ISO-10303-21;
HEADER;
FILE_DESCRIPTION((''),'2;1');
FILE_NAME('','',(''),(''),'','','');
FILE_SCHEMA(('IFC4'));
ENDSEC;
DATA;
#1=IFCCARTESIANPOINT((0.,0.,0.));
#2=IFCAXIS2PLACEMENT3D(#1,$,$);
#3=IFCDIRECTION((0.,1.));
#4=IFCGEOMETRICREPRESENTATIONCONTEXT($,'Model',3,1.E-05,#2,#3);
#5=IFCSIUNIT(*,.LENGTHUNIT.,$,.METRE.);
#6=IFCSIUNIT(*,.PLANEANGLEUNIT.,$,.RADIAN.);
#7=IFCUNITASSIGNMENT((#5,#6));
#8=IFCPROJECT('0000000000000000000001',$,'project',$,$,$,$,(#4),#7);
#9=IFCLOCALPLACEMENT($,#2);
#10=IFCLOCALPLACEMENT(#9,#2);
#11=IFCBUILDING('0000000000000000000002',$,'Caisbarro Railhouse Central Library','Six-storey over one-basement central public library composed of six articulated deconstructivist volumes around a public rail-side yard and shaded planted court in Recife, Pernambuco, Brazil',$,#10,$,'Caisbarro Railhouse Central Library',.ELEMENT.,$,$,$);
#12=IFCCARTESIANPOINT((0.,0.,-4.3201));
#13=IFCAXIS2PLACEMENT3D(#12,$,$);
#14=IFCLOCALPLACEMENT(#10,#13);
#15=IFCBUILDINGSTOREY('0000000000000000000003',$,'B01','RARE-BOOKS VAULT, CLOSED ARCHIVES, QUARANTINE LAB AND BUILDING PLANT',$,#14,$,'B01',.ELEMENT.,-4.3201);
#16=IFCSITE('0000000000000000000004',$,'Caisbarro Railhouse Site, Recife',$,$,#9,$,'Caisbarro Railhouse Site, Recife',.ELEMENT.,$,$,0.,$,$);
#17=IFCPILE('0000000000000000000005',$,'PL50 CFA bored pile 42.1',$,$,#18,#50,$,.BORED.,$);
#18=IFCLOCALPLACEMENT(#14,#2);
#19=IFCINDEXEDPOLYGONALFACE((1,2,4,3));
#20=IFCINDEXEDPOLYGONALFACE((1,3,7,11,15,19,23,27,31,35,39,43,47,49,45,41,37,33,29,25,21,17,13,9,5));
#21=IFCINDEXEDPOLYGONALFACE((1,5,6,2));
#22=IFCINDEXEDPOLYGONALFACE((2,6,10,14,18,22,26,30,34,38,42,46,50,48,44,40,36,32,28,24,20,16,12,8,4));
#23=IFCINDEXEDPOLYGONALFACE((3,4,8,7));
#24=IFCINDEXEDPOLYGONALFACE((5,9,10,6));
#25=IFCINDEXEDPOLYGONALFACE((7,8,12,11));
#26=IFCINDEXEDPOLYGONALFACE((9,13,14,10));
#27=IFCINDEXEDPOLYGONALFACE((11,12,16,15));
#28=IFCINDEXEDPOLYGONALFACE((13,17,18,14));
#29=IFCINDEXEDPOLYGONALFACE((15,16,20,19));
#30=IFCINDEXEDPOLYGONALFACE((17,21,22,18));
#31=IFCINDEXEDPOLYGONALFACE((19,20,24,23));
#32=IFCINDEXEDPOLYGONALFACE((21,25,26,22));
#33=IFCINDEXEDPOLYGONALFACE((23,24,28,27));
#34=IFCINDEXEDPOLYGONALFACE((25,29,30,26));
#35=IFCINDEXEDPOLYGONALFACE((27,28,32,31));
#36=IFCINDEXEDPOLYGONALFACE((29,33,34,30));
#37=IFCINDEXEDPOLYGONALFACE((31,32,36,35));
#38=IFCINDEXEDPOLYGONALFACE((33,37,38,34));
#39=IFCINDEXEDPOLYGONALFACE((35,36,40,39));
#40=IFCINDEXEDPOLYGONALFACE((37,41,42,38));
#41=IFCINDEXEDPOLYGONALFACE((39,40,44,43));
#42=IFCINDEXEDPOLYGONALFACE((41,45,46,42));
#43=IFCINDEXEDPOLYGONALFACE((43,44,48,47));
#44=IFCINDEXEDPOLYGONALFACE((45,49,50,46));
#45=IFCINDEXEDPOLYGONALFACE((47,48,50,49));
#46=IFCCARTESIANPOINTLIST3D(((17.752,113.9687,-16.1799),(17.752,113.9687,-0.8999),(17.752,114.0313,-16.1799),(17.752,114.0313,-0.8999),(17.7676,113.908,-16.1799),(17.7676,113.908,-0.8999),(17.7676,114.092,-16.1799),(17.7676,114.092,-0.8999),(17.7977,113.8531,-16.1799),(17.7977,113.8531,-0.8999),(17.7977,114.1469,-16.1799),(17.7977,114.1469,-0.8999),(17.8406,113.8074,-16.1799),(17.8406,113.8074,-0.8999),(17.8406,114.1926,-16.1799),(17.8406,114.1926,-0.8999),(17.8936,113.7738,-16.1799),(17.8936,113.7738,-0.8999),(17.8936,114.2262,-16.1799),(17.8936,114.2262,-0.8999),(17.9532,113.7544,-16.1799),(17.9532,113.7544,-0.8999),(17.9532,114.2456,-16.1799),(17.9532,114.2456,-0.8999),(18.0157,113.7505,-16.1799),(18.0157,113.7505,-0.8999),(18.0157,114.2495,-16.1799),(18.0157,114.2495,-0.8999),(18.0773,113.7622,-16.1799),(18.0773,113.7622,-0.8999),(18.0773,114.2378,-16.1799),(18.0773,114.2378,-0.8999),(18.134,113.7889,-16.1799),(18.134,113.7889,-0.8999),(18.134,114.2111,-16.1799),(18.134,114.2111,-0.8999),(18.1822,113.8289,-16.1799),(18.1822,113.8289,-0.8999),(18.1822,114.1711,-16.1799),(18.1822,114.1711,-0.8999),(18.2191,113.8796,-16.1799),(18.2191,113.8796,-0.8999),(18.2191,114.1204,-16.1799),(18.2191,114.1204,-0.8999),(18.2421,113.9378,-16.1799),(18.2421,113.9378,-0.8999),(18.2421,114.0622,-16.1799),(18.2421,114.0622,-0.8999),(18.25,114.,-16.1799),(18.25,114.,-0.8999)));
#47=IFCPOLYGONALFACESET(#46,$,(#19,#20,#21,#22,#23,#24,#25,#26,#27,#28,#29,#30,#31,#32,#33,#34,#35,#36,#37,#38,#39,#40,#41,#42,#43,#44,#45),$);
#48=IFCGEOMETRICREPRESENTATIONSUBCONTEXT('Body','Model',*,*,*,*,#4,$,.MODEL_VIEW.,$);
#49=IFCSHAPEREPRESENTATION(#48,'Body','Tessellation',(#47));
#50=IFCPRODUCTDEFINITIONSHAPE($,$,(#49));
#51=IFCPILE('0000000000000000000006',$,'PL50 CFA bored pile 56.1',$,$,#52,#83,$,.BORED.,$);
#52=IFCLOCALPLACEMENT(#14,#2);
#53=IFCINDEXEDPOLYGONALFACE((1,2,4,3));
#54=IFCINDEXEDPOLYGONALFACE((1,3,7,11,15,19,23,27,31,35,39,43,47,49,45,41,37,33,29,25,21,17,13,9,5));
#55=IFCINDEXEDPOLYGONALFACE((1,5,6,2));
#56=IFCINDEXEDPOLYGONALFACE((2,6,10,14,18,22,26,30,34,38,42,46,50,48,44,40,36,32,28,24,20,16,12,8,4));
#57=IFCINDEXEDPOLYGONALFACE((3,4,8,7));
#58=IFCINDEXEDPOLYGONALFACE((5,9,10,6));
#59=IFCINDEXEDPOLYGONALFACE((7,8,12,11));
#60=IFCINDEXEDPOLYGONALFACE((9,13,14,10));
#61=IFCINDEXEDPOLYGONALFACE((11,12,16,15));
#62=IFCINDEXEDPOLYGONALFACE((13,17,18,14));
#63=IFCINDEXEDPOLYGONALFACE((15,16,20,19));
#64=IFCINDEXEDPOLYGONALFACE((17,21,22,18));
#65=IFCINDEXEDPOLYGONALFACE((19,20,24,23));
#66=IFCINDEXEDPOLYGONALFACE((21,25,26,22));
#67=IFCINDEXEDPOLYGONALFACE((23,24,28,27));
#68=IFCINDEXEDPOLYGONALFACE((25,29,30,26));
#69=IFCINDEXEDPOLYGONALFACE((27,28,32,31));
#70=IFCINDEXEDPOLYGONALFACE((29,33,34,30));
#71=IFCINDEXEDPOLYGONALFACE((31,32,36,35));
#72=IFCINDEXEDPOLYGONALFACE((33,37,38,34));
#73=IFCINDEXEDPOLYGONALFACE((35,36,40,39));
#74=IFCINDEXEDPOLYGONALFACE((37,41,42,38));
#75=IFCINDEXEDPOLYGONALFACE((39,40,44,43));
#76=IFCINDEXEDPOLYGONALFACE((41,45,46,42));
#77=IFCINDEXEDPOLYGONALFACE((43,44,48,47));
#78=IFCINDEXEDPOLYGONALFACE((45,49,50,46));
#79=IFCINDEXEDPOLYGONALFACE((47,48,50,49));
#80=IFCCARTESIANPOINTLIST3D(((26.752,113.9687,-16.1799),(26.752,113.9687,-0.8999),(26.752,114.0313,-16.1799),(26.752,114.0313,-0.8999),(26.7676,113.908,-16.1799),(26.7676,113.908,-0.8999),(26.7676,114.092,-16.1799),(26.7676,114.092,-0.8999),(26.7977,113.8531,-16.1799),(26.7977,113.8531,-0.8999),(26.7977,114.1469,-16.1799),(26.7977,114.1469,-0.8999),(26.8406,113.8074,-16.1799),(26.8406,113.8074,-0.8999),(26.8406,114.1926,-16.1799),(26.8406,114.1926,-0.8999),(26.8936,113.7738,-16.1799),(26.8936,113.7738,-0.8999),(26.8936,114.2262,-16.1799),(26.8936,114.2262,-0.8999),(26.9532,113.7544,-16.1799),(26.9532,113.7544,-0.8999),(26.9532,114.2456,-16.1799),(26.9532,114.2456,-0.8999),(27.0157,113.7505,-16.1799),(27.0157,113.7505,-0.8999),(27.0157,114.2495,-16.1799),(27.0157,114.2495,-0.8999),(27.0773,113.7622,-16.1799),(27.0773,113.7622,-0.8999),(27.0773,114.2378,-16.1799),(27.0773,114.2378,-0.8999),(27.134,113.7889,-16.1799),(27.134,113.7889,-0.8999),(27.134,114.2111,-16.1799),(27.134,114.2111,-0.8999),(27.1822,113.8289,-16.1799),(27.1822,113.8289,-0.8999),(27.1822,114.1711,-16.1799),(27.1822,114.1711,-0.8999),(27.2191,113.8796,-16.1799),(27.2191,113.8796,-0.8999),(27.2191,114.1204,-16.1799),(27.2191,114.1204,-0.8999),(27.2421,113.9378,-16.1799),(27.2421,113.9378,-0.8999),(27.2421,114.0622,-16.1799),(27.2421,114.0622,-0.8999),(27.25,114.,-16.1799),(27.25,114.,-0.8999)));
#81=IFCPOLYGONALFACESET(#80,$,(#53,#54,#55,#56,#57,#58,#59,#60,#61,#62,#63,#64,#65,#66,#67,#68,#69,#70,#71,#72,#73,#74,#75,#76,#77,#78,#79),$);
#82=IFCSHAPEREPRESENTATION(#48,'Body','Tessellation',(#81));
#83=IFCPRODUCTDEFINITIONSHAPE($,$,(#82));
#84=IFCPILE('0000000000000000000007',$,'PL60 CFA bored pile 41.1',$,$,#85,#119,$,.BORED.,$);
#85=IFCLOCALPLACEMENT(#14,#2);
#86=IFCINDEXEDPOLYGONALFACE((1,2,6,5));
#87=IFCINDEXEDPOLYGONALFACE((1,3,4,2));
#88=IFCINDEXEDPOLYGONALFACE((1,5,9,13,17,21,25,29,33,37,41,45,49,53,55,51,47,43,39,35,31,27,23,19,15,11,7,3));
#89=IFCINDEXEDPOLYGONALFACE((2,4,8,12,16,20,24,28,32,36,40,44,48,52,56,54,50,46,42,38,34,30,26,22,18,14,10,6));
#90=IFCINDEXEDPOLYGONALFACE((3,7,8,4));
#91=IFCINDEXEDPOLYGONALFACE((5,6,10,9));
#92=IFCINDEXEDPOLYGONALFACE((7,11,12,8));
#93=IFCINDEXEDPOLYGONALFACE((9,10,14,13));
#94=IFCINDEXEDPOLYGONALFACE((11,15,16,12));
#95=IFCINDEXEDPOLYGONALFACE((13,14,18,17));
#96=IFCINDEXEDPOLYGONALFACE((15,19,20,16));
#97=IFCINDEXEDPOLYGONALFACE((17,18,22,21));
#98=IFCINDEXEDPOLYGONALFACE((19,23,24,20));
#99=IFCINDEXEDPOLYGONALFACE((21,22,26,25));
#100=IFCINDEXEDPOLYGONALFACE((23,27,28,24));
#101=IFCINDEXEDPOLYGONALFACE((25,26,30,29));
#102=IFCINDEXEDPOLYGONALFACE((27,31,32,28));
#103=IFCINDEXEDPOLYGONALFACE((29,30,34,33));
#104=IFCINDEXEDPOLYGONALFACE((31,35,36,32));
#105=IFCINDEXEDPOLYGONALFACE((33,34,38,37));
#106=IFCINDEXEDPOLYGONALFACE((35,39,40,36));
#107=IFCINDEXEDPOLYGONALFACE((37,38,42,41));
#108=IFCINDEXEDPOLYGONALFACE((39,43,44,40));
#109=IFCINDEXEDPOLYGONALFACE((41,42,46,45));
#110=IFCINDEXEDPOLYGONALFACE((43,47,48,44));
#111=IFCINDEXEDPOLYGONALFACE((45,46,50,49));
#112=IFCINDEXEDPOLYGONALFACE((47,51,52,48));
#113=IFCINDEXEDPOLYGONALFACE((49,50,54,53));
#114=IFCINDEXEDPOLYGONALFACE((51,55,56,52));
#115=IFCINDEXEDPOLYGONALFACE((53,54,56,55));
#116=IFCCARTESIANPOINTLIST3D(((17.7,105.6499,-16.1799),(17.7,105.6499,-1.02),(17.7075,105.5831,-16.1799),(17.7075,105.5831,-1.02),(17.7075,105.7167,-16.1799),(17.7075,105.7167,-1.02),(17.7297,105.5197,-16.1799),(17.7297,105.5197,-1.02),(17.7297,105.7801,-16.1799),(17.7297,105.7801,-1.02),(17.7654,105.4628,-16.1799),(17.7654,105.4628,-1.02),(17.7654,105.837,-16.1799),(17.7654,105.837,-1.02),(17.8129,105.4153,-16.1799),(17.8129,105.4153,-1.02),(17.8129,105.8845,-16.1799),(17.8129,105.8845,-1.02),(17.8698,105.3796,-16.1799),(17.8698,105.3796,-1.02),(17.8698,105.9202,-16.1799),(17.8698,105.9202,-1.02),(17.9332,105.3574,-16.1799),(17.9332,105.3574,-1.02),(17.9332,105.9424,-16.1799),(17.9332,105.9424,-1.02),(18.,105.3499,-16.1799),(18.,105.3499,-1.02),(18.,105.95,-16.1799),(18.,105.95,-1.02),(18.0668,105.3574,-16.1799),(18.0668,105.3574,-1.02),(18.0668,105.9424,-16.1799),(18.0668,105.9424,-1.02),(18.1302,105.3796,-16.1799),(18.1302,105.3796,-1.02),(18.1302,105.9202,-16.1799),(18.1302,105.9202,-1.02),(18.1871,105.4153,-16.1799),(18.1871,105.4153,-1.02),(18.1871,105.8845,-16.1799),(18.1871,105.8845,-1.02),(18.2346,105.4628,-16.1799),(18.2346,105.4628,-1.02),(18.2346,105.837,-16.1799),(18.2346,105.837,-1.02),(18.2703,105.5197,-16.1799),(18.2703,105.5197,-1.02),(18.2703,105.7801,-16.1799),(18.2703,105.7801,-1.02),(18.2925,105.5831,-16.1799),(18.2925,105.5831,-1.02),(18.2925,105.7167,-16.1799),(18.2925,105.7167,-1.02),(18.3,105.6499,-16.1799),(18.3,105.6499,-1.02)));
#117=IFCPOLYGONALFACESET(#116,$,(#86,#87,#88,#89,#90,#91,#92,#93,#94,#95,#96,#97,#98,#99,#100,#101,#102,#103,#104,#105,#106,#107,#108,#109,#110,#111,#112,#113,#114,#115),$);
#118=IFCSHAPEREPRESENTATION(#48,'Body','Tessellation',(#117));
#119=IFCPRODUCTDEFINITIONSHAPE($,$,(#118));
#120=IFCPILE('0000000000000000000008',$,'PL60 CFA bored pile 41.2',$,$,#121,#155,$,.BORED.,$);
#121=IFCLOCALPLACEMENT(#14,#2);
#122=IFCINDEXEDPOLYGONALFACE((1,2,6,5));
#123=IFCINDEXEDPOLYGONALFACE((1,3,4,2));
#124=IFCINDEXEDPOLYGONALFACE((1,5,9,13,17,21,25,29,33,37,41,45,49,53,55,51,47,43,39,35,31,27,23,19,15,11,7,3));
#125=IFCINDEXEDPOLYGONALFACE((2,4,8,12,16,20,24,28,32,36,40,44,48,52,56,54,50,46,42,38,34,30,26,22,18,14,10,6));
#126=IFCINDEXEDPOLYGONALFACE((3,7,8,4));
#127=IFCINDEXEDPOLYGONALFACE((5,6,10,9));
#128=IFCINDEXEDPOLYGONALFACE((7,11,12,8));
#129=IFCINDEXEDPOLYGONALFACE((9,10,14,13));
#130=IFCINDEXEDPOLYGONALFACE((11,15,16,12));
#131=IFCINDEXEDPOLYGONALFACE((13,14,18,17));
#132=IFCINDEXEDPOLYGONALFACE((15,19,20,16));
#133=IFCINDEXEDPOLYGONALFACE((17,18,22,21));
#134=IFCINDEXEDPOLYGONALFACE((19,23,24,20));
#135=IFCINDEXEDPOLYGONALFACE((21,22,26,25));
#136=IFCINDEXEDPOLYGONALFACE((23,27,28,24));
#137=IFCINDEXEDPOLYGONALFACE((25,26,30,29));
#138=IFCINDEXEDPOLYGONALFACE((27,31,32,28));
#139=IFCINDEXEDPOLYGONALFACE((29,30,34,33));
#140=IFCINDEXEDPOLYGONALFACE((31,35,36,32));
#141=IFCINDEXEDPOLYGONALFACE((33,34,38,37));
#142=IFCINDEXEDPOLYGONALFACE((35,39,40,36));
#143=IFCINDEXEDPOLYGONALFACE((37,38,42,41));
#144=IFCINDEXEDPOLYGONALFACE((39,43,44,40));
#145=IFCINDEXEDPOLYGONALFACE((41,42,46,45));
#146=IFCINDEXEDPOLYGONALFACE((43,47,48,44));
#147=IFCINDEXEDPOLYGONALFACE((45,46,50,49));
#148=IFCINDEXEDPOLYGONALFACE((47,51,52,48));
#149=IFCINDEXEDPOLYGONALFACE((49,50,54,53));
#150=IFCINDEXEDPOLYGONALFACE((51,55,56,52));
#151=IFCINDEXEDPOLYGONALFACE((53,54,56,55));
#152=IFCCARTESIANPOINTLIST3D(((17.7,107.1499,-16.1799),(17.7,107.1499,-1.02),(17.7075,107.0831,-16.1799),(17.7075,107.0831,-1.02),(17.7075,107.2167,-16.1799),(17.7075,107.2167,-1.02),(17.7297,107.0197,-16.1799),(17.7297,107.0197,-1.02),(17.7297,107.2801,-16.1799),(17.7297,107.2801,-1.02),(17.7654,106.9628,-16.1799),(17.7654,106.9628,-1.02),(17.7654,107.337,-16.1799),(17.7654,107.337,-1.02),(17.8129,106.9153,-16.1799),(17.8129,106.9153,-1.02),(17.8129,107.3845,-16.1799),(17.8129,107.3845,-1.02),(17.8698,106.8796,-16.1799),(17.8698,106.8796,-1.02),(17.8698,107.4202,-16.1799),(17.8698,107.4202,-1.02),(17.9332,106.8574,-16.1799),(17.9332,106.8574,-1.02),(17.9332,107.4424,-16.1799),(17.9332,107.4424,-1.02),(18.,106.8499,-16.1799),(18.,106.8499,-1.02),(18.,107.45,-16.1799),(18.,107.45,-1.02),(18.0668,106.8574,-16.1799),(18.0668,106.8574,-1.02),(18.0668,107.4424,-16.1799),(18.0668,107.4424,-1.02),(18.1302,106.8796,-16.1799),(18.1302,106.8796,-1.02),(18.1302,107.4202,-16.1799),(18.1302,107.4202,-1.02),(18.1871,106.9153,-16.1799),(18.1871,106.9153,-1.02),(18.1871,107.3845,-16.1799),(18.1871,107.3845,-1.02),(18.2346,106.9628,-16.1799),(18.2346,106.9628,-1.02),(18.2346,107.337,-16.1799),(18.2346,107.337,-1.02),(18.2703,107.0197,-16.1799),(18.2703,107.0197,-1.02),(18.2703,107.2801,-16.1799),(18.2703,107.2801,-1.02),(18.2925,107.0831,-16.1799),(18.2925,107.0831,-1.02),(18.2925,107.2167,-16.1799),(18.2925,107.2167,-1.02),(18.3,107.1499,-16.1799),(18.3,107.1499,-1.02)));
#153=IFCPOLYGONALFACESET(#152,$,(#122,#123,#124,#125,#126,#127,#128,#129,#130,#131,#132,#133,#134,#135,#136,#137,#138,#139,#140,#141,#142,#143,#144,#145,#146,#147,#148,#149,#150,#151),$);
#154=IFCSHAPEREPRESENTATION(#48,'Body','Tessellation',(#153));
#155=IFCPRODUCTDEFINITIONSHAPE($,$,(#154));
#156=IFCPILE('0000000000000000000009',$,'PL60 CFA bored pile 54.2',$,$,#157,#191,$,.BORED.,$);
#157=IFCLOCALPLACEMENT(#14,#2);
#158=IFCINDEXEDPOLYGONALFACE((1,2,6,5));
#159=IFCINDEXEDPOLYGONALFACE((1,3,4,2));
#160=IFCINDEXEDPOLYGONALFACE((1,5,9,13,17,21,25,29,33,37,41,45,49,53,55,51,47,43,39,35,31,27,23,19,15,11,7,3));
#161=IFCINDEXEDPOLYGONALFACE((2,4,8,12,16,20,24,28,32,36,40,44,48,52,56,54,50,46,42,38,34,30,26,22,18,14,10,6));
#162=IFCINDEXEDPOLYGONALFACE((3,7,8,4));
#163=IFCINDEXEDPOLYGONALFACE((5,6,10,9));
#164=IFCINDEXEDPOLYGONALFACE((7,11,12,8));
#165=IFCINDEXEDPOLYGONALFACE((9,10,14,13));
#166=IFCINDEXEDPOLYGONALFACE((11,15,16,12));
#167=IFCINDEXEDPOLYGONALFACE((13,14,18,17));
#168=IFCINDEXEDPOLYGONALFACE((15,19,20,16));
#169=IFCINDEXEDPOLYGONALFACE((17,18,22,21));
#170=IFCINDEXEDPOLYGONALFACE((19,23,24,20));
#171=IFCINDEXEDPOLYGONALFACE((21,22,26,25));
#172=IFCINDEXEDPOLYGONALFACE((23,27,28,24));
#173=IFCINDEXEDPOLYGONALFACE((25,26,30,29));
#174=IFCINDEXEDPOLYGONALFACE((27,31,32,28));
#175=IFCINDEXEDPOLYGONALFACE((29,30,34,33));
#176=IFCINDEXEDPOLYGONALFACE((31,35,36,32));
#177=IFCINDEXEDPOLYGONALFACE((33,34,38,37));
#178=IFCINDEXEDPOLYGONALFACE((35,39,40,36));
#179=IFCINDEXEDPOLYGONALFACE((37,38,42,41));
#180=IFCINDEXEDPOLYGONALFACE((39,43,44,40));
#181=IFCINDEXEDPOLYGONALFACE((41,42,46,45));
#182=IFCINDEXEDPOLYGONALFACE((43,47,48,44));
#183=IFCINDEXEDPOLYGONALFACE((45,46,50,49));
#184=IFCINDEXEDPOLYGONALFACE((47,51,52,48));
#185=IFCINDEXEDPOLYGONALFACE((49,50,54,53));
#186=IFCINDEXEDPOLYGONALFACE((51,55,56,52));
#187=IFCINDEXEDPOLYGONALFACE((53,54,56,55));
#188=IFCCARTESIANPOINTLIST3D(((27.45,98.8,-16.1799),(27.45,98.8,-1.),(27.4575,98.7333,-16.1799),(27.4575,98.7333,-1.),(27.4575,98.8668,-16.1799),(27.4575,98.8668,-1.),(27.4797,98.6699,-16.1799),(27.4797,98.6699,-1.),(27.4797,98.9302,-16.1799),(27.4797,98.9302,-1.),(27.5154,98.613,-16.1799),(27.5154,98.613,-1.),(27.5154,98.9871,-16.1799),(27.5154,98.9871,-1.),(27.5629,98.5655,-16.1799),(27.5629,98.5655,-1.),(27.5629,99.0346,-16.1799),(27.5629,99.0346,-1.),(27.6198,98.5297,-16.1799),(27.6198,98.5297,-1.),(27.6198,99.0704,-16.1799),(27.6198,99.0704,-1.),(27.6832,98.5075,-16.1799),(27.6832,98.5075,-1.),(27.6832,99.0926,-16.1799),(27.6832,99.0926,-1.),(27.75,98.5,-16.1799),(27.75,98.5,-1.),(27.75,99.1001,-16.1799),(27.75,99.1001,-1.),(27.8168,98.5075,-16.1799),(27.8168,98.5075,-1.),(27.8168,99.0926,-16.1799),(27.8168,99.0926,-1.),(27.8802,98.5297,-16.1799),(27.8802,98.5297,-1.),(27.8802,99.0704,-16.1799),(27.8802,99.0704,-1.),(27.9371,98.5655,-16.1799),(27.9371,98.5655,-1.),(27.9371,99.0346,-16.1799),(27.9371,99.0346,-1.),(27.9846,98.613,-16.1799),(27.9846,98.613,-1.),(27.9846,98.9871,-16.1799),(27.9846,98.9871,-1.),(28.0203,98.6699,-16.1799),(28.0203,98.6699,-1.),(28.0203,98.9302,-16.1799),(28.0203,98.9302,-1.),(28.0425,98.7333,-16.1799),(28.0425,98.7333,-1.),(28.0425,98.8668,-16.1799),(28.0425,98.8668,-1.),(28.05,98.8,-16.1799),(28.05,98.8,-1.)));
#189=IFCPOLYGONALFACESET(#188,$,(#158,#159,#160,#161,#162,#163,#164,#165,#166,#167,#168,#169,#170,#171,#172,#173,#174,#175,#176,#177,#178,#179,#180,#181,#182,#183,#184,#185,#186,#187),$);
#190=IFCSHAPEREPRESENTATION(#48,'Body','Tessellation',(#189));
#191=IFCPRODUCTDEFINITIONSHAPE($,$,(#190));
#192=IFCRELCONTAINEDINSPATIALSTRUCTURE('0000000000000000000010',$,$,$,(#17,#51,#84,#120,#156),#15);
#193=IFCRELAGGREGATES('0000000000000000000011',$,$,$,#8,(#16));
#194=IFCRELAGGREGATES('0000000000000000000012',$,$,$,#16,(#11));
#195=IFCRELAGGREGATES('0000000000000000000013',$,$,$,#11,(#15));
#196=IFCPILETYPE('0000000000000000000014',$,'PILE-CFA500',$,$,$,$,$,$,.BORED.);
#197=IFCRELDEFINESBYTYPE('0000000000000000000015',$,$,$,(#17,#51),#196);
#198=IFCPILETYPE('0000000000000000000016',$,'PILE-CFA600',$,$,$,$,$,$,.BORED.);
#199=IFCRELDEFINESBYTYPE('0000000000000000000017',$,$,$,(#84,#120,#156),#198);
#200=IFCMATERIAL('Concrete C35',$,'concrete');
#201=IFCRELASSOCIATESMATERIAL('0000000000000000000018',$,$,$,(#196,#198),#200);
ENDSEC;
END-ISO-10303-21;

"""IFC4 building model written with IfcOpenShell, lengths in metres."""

from ifc_helpers import new_model, si_unit, direction, frame, origin, origin_2d, place, context, subcontext, project, spatial, circle, extrude, material, material_profile, profile_set, type_object, element, save


model = new_model("IFC4")

# Units and contexts
model_context = context("Model", 3, precision=1e-05, world=origin(), true_north=direction((0.0, 1.0)))
body_context = subcontext(model_context, "Body", "Model", "MODEL_VIEW")
ifc_project = project(units=[si_unit("LENGTHUNIT", "METRE"), si_unit("PLANEANGLEUNIT", "RADIAN")], contexts=[model_context])

# Site, building, storey
site_placement = place(None, origin())
site = spatial("IfcSite", under=ifc_project, at=site_placement, Name="Caisbarro Railhouse Site, Recife", LongName="Caisbarro Railhouse Site, Recife", CompositionType="ELEMENT", RefElevation=0.0)
building_placement = place(site_placement, origin())
building = spatial("IfcBuilding", under=site, at=building_placement, Name="Caisbarro Railhouse Central Library", Description="Six-storey over one-basement central public library composed of six articulated deconstructivist volumes around a public rail-side yard and shaded planted court in Recife, Pernambuco, Brazil", LongName="Caisbarro Railhouse Central Library", CompositionType="ELEMENT")
storey_placement = place(building_placement, frame((0.0, 0.0, -4.3201)))
storey = spatial("IfcBuildingStorey", under=building, at=storey_placement, Name="B01", Description="RARE-BOOKS VAULT, CLOSED ARCHIVES, QUARANTINE LAB AND BUILDING PLANT", LongName="B01", CompositionType="ELEMENT", Elevation=-4.3201)

# Shared definitions
ifc_material_1 = material(Name="Concrete C35", Category="concrete")

# Piles
ifc_material_profile_1 = material_profile(ifc_material_1, circle(Radius=0.25, at=origin_2d()), Name="PILE-CFA-500")
ifc_profile_set_1 = profile_set([ifc_material_profile_1], Name="Concrete C35")
pile_type_1 = type_object("IfcPileType", Name="PILE-CFA500", PredefinedType="BORED", material=ifc_profile_set_1)
for number, where, z_axis, x_axis, name in (
    (1, (18.0, 114.0, -0.8999), (0.0, 0.0, -1.0), (1.0, 0.0, 0.0), "PL50 CFA bored pile 42.1"),
    (2, (27.0, 114.0, -0.8999), (0.0, 0.0, -1.0), (1.0, 0.0, 0.0), "PL50 CFA bored pile 56.1"),
):
    element("IfcPile", number, at=place(storey_placement, frame(where, z_axis=z_axis, x_axis=x_axis)), inside=storey, type_object=pile_type_1, Name=name, PredefinedType="BORED", context=body_context, shape_type="SweptSolid", body=[
        extrude(circle(Radius=0.25, at=origin_2d()), origin(), (0.0, 0.0, 1.0), 15.28),
    ])
ifc_material_profile_2 = material_profile(ifc_material_1, circle(Radius=0.3, at=origin_2d()), Name="PILE-CFA-600")
ifc_profile_set_2 = profile_set([ifc_material_profile_2], Name="Concrete C35")
pile_type_2 = type_object("IfcPileType", Name="PILE-CFA600", PredefinedType="BORED", material=ifc_profile_set_2)
for number, where, z_axis, x_axis, name in (
    (3, (18.0, 105.6499, -1.02), (0.0, 0.0, -1.0), (1.0, 0.0, 0.0), "PL60 CFA bored pile 41.1"),
    (4, (18.0, 107.1499, -1.02), (0.0, 0.0, -1.0), (1.0, 0.0, 0.0), "PL60 CFA bored pile 41.2"),
):
    element("IfcPile", number, at=place(storey_placement, frame(where, z_axis=z_axis, x_axis=x_axis)), inside=storey, type_object=pile_type_2, Name=name, PredefinedType="BORED", context=body_context, shape_type="SweptSolid", body=[
        extrude(circle(Radius=0.3, at=origin_2d()), origin(), (0.0, 0.0, 1.0), 15.1599),
    ])
pile_placement = place(storey_placement, frame((27.75, 98.8, -1.0), z_axis=(0.0, 0.0, -1.0), x_axis=(1.0, 0.0, 0.0)))
element("IfcPile", 5, at=pile_placement, inside=storey, type_object=pile_type_2, Name="PL60 CFA bored pile 54.2", PredefinedType="BORED", context=body_context, shape_type="SweptSolid", body=[
    extrude(circle(Radius=0.3, at=origin_2d()), origin(), (0.0, 0.0, 1.0), 15.1799),
])

save(model, "model.ifc")
